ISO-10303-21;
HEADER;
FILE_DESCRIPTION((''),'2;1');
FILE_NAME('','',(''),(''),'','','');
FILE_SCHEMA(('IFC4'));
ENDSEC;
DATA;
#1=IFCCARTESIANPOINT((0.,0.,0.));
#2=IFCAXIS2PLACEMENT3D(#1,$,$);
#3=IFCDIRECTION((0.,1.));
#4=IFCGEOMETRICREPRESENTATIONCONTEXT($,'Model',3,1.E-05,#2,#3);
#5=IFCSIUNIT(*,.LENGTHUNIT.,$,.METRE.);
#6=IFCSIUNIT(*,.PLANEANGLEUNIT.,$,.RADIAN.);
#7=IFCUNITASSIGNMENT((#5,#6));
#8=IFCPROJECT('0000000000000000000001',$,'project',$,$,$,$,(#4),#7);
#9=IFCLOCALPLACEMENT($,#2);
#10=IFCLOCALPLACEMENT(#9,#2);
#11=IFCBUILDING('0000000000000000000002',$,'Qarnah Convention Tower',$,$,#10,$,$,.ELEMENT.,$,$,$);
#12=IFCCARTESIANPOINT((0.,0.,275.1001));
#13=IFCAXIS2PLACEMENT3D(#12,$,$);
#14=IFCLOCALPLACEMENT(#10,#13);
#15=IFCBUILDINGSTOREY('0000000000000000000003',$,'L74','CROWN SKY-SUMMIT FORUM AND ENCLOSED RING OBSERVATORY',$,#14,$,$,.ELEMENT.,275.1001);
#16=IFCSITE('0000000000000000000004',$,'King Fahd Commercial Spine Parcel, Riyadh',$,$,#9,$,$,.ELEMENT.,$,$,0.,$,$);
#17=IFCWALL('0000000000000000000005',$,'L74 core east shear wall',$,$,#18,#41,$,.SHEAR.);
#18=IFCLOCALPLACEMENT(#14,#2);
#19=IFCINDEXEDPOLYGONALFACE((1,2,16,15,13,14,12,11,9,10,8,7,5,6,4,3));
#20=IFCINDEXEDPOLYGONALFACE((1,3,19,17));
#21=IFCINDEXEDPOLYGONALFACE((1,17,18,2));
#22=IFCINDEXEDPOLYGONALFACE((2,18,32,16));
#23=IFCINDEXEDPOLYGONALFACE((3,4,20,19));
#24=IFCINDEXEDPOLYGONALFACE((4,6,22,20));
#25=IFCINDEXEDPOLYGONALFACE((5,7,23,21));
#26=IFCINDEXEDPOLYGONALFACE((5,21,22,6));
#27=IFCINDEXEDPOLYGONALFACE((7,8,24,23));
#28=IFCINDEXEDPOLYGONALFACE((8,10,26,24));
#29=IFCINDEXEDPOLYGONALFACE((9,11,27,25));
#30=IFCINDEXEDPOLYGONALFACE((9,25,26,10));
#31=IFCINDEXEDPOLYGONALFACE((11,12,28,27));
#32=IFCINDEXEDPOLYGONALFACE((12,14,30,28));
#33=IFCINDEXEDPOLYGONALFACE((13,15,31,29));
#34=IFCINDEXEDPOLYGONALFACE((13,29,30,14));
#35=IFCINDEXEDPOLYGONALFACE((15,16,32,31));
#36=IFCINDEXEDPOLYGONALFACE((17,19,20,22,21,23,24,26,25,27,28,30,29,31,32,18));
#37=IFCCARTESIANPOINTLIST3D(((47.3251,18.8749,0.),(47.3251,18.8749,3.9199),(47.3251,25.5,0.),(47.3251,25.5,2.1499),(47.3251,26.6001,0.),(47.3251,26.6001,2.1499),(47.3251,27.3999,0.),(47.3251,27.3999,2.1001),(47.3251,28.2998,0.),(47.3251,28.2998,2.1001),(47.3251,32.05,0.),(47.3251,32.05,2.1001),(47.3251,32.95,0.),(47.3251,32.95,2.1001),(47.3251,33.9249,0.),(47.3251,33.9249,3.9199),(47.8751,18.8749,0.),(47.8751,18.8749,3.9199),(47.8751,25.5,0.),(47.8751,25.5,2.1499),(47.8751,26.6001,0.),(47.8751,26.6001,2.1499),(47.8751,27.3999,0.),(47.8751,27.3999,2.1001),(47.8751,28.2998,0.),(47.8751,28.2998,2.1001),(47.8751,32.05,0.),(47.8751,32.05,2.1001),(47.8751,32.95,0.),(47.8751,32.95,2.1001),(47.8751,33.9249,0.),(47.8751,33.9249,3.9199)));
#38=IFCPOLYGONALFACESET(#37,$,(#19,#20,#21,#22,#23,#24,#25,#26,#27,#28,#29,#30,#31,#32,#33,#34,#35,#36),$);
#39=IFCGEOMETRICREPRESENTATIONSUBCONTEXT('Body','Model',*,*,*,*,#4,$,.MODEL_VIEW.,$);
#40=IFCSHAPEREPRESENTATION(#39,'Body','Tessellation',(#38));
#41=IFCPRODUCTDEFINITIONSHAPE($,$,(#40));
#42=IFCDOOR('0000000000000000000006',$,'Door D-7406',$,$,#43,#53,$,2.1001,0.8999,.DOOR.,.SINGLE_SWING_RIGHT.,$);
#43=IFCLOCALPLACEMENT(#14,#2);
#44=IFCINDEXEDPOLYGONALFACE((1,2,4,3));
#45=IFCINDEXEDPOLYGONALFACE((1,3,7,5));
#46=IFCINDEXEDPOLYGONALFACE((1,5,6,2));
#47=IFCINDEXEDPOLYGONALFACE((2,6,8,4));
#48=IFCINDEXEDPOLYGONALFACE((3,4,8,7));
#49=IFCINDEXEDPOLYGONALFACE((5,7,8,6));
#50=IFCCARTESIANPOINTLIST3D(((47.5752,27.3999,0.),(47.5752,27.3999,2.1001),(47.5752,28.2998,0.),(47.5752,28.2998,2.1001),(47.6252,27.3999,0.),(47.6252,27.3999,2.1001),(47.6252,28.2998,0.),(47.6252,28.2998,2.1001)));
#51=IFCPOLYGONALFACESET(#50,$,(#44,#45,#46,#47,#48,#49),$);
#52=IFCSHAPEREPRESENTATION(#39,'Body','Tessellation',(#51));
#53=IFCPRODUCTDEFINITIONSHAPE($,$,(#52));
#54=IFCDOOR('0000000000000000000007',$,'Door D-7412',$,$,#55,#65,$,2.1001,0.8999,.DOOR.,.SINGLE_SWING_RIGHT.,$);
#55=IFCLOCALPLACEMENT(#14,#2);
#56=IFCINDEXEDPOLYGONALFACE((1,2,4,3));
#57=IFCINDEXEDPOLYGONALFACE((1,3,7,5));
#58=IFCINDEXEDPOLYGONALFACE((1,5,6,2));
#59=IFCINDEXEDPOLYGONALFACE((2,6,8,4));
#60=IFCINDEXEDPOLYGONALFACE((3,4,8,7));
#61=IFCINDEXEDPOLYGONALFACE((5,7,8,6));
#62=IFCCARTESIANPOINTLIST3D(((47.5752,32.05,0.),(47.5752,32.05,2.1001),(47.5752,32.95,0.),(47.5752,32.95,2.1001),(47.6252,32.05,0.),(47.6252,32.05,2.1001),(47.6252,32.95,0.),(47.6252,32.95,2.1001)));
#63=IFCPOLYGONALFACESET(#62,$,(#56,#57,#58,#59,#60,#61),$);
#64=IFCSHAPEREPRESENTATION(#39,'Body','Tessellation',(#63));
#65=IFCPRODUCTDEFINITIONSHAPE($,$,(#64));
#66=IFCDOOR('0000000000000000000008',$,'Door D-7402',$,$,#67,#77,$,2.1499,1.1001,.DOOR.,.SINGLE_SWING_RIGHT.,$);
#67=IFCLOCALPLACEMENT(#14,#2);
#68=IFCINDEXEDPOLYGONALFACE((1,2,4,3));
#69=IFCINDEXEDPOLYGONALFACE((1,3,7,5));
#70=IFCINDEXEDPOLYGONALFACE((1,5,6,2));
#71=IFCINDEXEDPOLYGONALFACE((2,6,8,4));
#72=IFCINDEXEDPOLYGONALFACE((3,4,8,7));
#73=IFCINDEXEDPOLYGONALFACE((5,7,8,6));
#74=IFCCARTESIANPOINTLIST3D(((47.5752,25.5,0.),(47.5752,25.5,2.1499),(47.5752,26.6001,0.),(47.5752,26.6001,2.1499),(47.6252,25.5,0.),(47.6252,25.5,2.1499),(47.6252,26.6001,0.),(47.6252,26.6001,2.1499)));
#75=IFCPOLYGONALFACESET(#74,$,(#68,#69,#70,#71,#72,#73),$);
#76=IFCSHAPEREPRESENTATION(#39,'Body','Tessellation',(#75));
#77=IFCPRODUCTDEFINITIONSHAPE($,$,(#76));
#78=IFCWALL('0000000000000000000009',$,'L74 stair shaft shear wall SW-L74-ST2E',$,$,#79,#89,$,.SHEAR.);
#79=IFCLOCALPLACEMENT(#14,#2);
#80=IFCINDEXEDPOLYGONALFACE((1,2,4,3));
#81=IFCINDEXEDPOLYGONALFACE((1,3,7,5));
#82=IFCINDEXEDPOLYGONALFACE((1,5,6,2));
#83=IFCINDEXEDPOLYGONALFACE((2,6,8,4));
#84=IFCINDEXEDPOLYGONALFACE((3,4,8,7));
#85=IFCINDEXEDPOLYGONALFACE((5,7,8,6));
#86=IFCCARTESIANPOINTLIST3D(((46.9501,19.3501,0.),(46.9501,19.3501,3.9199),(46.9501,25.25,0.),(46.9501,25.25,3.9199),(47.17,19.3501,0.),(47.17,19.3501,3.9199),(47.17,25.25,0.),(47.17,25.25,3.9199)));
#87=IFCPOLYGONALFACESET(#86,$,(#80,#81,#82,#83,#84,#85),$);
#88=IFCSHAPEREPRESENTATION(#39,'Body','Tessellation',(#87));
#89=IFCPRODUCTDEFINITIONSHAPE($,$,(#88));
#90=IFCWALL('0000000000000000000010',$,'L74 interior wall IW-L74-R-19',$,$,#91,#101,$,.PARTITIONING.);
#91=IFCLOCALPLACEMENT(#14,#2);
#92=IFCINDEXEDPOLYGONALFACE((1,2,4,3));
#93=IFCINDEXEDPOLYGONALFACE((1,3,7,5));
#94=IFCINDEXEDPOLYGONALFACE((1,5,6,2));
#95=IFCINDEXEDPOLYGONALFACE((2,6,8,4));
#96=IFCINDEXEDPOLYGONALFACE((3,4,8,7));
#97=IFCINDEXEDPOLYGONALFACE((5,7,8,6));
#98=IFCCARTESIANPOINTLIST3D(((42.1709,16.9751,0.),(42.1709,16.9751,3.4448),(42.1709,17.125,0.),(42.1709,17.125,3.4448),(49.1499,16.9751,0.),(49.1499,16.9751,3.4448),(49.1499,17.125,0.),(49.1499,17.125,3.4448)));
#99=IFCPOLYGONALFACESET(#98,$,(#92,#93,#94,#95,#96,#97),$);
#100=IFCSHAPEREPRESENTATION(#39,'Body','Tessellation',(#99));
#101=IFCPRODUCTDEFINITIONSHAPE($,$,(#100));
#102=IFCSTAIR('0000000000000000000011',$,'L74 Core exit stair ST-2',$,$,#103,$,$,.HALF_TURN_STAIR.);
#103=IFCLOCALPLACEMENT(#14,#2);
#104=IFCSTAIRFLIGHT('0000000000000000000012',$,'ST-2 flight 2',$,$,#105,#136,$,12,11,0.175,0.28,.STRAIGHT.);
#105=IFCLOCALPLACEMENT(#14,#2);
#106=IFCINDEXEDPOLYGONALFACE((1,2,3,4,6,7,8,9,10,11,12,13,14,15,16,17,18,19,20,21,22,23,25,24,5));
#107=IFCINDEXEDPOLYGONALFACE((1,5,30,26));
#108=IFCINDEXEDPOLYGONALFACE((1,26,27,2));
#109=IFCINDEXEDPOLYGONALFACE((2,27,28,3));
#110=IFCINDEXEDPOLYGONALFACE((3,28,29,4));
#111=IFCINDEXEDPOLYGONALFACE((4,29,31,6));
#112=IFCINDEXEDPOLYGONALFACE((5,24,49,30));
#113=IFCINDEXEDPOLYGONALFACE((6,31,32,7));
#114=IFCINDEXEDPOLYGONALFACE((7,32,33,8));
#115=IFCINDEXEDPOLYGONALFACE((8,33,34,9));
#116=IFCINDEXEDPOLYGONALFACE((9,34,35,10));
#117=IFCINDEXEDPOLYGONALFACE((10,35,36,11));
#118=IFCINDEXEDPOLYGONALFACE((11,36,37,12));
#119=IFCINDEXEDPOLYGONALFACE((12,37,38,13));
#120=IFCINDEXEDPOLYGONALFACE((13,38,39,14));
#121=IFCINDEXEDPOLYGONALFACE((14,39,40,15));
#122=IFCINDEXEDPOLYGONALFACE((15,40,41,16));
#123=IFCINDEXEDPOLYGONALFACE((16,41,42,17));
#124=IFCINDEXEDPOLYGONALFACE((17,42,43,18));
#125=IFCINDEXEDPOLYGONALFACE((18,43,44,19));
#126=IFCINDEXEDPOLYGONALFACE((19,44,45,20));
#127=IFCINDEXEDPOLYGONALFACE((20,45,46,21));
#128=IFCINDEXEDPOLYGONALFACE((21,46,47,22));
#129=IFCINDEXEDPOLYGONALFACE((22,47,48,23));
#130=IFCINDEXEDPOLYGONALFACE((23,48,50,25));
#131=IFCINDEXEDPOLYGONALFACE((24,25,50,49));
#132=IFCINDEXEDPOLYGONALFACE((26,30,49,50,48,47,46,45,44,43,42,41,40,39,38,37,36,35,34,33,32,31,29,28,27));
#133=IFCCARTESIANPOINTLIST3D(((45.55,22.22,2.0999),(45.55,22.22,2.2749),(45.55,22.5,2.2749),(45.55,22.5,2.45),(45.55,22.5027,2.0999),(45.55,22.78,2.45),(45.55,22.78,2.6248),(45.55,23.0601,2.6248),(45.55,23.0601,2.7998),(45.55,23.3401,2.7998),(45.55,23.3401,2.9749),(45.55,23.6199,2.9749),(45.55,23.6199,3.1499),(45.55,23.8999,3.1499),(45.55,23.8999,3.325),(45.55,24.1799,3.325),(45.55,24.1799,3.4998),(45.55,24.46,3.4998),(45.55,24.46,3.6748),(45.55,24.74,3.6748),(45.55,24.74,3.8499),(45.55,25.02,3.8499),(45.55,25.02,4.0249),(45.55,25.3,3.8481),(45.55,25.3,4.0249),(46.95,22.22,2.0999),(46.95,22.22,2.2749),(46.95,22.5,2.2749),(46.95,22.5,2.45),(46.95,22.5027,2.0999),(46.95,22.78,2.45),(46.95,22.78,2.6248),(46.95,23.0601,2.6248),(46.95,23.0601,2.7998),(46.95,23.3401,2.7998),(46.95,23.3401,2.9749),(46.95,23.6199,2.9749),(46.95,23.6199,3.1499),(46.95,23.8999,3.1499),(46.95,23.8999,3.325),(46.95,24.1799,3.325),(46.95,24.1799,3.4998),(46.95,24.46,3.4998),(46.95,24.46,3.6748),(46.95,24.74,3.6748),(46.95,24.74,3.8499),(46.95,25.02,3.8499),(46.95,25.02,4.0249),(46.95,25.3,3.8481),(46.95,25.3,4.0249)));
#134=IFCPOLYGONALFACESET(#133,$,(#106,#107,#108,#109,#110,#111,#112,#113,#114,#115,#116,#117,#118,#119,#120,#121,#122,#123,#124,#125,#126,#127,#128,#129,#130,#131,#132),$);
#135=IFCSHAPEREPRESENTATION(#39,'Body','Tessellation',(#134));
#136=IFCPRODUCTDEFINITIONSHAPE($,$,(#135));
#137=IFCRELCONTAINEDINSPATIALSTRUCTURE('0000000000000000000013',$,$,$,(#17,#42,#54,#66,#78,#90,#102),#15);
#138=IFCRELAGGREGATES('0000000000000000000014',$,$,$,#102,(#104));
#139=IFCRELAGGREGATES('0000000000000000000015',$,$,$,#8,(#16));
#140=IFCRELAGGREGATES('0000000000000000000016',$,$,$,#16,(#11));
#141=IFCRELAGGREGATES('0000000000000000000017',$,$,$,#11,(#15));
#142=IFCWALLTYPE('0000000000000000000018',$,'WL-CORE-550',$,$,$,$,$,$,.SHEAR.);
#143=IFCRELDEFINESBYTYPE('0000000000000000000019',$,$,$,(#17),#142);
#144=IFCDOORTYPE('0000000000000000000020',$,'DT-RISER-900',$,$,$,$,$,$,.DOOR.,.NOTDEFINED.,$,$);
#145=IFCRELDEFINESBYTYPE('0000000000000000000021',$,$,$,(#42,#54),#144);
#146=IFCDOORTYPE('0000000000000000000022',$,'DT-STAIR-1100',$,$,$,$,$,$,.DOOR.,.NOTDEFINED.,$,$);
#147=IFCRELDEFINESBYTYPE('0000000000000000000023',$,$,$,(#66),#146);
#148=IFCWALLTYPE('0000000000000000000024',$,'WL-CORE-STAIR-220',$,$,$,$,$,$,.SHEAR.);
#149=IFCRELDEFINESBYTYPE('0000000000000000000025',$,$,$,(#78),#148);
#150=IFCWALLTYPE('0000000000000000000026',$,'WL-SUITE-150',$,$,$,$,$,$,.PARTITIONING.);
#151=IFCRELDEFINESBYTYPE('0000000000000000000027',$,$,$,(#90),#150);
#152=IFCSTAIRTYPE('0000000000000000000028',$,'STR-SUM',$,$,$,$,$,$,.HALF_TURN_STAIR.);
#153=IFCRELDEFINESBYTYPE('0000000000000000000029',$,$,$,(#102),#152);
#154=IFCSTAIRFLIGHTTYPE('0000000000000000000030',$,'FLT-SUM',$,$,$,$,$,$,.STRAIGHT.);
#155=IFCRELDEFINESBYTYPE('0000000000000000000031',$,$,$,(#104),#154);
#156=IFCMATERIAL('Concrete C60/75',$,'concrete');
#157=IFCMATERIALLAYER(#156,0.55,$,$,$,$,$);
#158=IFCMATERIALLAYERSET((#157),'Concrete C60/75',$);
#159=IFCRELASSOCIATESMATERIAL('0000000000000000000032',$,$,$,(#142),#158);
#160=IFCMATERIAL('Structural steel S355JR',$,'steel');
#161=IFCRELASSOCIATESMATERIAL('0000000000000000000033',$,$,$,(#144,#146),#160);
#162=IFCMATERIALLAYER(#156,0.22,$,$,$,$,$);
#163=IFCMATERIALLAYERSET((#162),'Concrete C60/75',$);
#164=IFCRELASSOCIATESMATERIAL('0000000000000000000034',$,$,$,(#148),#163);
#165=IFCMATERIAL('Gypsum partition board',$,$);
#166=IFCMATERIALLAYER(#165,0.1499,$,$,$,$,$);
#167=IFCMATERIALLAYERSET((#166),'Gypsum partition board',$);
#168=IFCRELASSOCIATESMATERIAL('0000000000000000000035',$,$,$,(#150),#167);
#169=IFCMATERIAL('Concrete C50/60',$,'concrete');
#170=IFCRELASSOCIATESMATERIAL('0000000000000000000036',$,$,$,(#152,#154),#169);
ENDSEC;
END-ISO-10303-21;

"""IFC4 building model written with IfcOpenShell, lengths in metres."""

from ifc_helpers import new_model, si_unit, direction, frame, frame_2d, origin, place, context, subcontext, project, spatial, polyline, rectangle, outline, extrude, material, layer, layer_set, type_object, element, fill, aggregate, save


model = new_model("IFC4")

# Units and contexts
model_context = context("Model", 3, precision=1e-05, world=origin(), true_north=direction((0.0, 1.0)))
body_context = subcontext(model_context, "Body", "Model", "MODEL_VIEW")
ifc_project = project(units=[si_unit("LENGTHUNIT", "METRE"), si_unit("PLANEANGLEUNIT", "RADIAN")], contexts=[model_context])

# Site, building, storey
site_placement = place(None, origin())
site = spatial("IfcSite", under=ifc_project, at=site_placement, Name="King Fahd Commercial Spine Parcel, Riyadh", CompositionType="ELEMENT", RefElevation=0.0)
building_placement = place(site_placement, origin())
building = spatial("IfcBuilding", under=site, at=building_placement, Name="Qarnah Convention Tower", CompositionType="ELEMENT")
storey_placement = place(building_placement, frame((0.0, 0.0, 275.1001)))
storey = spatial("IfcBuildingStorey", under=building, at=storey_placement, Name="L74", Description="CROWN SKY-SUMMIT FORUM AND ENCLOSED RING OBSERVATORY", CompositionType="ELEMENT", Elevation=275.1001)

# Shared definitions
ifc_material_1 = material(Name="Concrete C50/60", Category="concrete")

# Shared definitions
ifc_material_2 = material(Name="Structural steel S355JR", Category="steel")

# Wall, openings, doors
ifc_material_3 = material(Name="Concrete C60/75", Category="concrete")
ifc_layer_1 = layer(ifc_material_3, 0.55)
ifc_layer_set_1 = layer_set([ifc_layer_1], Name="Concrete C60/75")
wall_type_1 = type_object("IfcWallType", Name="WL-CORE-550", PredefinedType="SHEAR", material=ifc_layer_set_1)
wall_1_placement = place(storey_placement, frame((47.6001, 18.875, 0.0), z_axis=(0.0, 0.0, 1.0), x_axis=(0.0, 1.0, 0.0)))
wall_1 = element("IfcWall", 1, at=wall_1_placement, inside=storey, type_object=wall_type_1, Name="L74 core east shear wall", PredefinedType="SHEAR", context=body_context, shape_type="SweptSolid", body=[
    extrude(rectangle(XDim=15.05, YDim=0.55, at=frame_2d((7.5249, 0.0))), origin(), (0.0, 0.0, 1.0), 3.9199),
])
opening_1_placement = place(wall_1_placement, frame((6.625, 0.0, 0.0)))
opening_1 = element("IfcOpeningElement", 2, at=opening_1_placement, cuts=wall_1, PredefinedType="OPENING", context=body_context, shape_type="SweptSolid", body=[
    extrude(rectangle(XDim=1.1001, YDim=2.1499, at=frame_2d((0.55, 1.075))), frame((0.0, 0.2849, 0.0), z_axis=(0.0, -1.0, 0.0), x_axis=(1.0, 0.0, 0.0)), (0.0, 0.0, 1.0), 0.5701),
])
opening_2_placement = place(wall_1_placement, frame((8.5249, 0.0, 0.0)))
opening_2 = element("IfcOpeningElement", 3, at=opening_2_placement, cuts=wall_1, PredefinedType="OPENING", context=body_context, shape_type="SweptSolid", body=[
    extrude(rectangle(XDim=0.8999, YDim=2.1001, at=frame_2d((0.45, 1.05))), frame((0.0, 0.2849, 0.0), z_axis=(0.0, -1.0, 0.0), x_axis=(1.0, 0.0, 0.0)), (0.0, 0.0, 1.0), 0.5701),
])
opening_3_placement = place(wall_1_placement, frame((13.175, 0.0, 0.0)))
opening_3 = element("IfcOpeningElement", 4, at=opening_3_placement, cuts=wall_1, PredefinedType="OPENING", context=body_context, shape_type="SweptSolid", body=[
    extrude(rectangle(XDim=0.8999, YDim=2.1001, at=frame_2d((0.45, 1.05))), frame((0.0, 0.2849, 0.0), z_axis=(0.0, -1.0, 0.0), x_axis=(1.0, 0.0, 0.0)), (0.0, 0.0, 1.0), 0.5701),
])
door_type_1 = type_object("IfcDoorType", Name="DT-RISER-900", OperationType="NOTDEFINED", PredefinedType="DOOR", material=ifc_material_2)
door_1_placement = place(opening_2_placement, origin())
door_1 = element("IfcDoor", 5, at=door_1_placement, inside=storey, type_object=door_type_1, Name="Door D-7406", OperationType="SINGLE_SWING_RIGHT", OverallHeight=2.1001, OverallWidth=0.8999, PredefinedType="DOOR", context=body_context, shape_type="SweptSolid", body=[
    extrude(rectangle(XDim=0.8999, YDim=2.1001, at=frame_2d((0.45, 1.05))), frame((0.0, 0.0249, 0.0), z_axis=(0.0, -1.0, 0.0), x_axis=(1.0, 0.0, 0.0)), (0.0, 0.0, 1.0), 0.05),
])
fill(opening_2, door_1)
door_2_placement = place(opening_3_placement, origin())
door_2 = element("IfcDoor", 6, at=door_2_placement, inside=storey, type_object=door_type_1, Name="Door D-7412", OperationType="SINGLE_SWING_RIGHT", OverallHeight=2.1001, OverallWidth=0.8999, PredefinedType="DOOR", context=body_context, shape_type="SweptSolid", body=[
    extrude(rectangle(XDim=0.8999, YDim=2.1001, at=frame_2d((0.45, 1.05))), frame((0.0, 0.0249, 0.0), z_axis=(0.0, -1.0, 0.0), x_axis=(1.0, 0.0, 0.0)), (0.0, 0.0, 1.0), 0.05),
])
fill(opening_3, door_2)
door_type_2 = type_object("IfcDoorType", Name="DT-STAIR-1100", OperationType="NOTDEFINED", PredefinedType="DOOR", material=ifc_material_2)
door_3_placement = place(opening_1_placement, origin())
door_3 = element("IfcDoor", 7, at=door_3_placement, inside=storey, type_object=door_type_2, Name="Door D-7402", OperationType="SINGLE_SWING_RIGHT", OverallHeight=2.1499, OverallWidth=1.1001, PredefinedType="DOOR", context=body_context, shape_type="SweptSolid", body=[
    extrude(rectangle(XDim=1.1001, YDim=2.1499, at=frame_2d((0.55, 1.075))), frame((0.0, 0.0249, 0.0), z_axis=(0.0, -1.0, 0.0), x_axis=(1.0, 0.0, 0.0)), (0.0, 0.0, 1.0), 0.05),
])
fill(opening_1, door_3)

# Wall
ifc_layer_2 = layer(ifc_material_3, 0.22)
ifc_layer_set_2 = layer_set([ifc_layer_2], Name="Concrete C60/75")
wall_type_2 = type_object("IfcWallType", Name="WL-CORE-STAIR-220", PredefinedType="SHEAR", material=ifc_layer_set_2)
wall_2_placement = place(storey_placement, frame((47.0601, 19.3501, 0.0), z_axis=(0.0, 0.0, 1.0), x_axis=(0.0, 1.0, 0.0)))
element("IfcWall", 8, at=wall_2_placement, inside=storey, type_object=wall_type_2, Name="L74 stair shaft shear wall SW-L74-ST2E", PredefinedType="SHEAR", context=body_context, shape_type="SweptSolid", body=[
    extrude(rectangle(XDim=5.8999, YDim=0.22, at=frame_2d((2.95, 0.0))), origin(), (0.0, 0.0, 1.0), 3.9199),
])

# Wall
ifc_material_4 = material(Name="Gypsum partition board")
ifc_layer_3 = layer(ifc_material_4, 0.1499)
ifc_layer_set_3 = layer_set([ifc_layer_3], Name="Gypsum partition board")
wall_type_3 = type_object("IfcWallType", Name="WL-SUITE-150", PredefinedType="PARTITIONING", material=ifc_layer_set_3)
wall_3_placement = place(storey_placement, frame((49.1499, 17.05, 0.0), z_axis=(0.0, 0.0, 1.0), x_axis=(-1.0, 0.0, 0.0)))
element("IfcWall", 9, at=wall_3_placement, inside=storey, type_object=wall_type_3, Name="L74 interior wall IW-L74-R-19", PredefinedType="PARTITIONING", context=body_context, shape_type="SweptSolid", body=[
    extrude(rectangle(XDim=6.979, YDim=0.1499, at=frame_2d((3.4895, 0.0))), origin(), (0.0, 0.0, 1.0), 3.4448),
])

# Stair, stair flight
stair_type = type_object("IfcStairType", Name="STR-SUM", PredefinedType="HALF_TURN_STAIR", material=ifc_material_1)
stair_placement = place(storey_placement, origin())
stair = element("IfcStair", 10, at=stair_placement, inside=storey, type_object=stair_type, Name="L74 Core exit stair ST-2", PredefinedType="HALF_TURN_STAIR")
stair_flight_type = type_object("IfcStairFlightType", Name="FLT-SUM", PredefinedType="STRAIGHT", material=ifc_material_1)
stair_flight_placement = place(storey_placement, frame((46.25, 22.22, 2.0999), z_axis=(0.0, 0.0, 1.0), x_axis=(0.0, 1.0, 0.0)))
stair_flight = element("IfcStairFlight", 11, at=stair_flight_placement, type_object=stair_flight_type, Name="ST-2 flight 2", NumberOfRisers=12, NumberOfTreads=11, PredefinedType="STRAIGHT", RiserHeight=0.175, TreadLength=0.28, context=body_context, shape_type="SweptSolid", body=[
    extrude(outline(polyline([(0.0, 0.0), (0.0, 0.175), (0.28, 0.175), (0.28, 0.3501), (0.5601, 0.3501), (0.5601, 0.5249), (0.8401, 0.5249), (0.8401, 0.7), (1.1201, 0.7), (1.1201, 0.875), (1.3999, 0.875), (1.3999, 1.05), (1.6799, 1.05), (1.6799, 1.2251), (1.96, 1.2251), (1.96, 1.3999), (2.24, 1.3999), (2.24, 1.575), (2.52, 1.575), (2.52, 1.75), (2.8, 1.75), (2.8, 1.925), (3.0801, 1.925), (3.0801, 2.1001), (3.0801, 1.7483), (0.2827, 0.0), (0.0, 0.0)])), frame((0.0, 0.7, 0.0), z_axis=(0.0, -1.0, 0.0), x_axis=(1.0, 0.0, 0.0)), (0.0, 0.0, 1.0), 1.3999),
])
aggregate(stair, [stair_flight])

save(model, "model.ifc")
